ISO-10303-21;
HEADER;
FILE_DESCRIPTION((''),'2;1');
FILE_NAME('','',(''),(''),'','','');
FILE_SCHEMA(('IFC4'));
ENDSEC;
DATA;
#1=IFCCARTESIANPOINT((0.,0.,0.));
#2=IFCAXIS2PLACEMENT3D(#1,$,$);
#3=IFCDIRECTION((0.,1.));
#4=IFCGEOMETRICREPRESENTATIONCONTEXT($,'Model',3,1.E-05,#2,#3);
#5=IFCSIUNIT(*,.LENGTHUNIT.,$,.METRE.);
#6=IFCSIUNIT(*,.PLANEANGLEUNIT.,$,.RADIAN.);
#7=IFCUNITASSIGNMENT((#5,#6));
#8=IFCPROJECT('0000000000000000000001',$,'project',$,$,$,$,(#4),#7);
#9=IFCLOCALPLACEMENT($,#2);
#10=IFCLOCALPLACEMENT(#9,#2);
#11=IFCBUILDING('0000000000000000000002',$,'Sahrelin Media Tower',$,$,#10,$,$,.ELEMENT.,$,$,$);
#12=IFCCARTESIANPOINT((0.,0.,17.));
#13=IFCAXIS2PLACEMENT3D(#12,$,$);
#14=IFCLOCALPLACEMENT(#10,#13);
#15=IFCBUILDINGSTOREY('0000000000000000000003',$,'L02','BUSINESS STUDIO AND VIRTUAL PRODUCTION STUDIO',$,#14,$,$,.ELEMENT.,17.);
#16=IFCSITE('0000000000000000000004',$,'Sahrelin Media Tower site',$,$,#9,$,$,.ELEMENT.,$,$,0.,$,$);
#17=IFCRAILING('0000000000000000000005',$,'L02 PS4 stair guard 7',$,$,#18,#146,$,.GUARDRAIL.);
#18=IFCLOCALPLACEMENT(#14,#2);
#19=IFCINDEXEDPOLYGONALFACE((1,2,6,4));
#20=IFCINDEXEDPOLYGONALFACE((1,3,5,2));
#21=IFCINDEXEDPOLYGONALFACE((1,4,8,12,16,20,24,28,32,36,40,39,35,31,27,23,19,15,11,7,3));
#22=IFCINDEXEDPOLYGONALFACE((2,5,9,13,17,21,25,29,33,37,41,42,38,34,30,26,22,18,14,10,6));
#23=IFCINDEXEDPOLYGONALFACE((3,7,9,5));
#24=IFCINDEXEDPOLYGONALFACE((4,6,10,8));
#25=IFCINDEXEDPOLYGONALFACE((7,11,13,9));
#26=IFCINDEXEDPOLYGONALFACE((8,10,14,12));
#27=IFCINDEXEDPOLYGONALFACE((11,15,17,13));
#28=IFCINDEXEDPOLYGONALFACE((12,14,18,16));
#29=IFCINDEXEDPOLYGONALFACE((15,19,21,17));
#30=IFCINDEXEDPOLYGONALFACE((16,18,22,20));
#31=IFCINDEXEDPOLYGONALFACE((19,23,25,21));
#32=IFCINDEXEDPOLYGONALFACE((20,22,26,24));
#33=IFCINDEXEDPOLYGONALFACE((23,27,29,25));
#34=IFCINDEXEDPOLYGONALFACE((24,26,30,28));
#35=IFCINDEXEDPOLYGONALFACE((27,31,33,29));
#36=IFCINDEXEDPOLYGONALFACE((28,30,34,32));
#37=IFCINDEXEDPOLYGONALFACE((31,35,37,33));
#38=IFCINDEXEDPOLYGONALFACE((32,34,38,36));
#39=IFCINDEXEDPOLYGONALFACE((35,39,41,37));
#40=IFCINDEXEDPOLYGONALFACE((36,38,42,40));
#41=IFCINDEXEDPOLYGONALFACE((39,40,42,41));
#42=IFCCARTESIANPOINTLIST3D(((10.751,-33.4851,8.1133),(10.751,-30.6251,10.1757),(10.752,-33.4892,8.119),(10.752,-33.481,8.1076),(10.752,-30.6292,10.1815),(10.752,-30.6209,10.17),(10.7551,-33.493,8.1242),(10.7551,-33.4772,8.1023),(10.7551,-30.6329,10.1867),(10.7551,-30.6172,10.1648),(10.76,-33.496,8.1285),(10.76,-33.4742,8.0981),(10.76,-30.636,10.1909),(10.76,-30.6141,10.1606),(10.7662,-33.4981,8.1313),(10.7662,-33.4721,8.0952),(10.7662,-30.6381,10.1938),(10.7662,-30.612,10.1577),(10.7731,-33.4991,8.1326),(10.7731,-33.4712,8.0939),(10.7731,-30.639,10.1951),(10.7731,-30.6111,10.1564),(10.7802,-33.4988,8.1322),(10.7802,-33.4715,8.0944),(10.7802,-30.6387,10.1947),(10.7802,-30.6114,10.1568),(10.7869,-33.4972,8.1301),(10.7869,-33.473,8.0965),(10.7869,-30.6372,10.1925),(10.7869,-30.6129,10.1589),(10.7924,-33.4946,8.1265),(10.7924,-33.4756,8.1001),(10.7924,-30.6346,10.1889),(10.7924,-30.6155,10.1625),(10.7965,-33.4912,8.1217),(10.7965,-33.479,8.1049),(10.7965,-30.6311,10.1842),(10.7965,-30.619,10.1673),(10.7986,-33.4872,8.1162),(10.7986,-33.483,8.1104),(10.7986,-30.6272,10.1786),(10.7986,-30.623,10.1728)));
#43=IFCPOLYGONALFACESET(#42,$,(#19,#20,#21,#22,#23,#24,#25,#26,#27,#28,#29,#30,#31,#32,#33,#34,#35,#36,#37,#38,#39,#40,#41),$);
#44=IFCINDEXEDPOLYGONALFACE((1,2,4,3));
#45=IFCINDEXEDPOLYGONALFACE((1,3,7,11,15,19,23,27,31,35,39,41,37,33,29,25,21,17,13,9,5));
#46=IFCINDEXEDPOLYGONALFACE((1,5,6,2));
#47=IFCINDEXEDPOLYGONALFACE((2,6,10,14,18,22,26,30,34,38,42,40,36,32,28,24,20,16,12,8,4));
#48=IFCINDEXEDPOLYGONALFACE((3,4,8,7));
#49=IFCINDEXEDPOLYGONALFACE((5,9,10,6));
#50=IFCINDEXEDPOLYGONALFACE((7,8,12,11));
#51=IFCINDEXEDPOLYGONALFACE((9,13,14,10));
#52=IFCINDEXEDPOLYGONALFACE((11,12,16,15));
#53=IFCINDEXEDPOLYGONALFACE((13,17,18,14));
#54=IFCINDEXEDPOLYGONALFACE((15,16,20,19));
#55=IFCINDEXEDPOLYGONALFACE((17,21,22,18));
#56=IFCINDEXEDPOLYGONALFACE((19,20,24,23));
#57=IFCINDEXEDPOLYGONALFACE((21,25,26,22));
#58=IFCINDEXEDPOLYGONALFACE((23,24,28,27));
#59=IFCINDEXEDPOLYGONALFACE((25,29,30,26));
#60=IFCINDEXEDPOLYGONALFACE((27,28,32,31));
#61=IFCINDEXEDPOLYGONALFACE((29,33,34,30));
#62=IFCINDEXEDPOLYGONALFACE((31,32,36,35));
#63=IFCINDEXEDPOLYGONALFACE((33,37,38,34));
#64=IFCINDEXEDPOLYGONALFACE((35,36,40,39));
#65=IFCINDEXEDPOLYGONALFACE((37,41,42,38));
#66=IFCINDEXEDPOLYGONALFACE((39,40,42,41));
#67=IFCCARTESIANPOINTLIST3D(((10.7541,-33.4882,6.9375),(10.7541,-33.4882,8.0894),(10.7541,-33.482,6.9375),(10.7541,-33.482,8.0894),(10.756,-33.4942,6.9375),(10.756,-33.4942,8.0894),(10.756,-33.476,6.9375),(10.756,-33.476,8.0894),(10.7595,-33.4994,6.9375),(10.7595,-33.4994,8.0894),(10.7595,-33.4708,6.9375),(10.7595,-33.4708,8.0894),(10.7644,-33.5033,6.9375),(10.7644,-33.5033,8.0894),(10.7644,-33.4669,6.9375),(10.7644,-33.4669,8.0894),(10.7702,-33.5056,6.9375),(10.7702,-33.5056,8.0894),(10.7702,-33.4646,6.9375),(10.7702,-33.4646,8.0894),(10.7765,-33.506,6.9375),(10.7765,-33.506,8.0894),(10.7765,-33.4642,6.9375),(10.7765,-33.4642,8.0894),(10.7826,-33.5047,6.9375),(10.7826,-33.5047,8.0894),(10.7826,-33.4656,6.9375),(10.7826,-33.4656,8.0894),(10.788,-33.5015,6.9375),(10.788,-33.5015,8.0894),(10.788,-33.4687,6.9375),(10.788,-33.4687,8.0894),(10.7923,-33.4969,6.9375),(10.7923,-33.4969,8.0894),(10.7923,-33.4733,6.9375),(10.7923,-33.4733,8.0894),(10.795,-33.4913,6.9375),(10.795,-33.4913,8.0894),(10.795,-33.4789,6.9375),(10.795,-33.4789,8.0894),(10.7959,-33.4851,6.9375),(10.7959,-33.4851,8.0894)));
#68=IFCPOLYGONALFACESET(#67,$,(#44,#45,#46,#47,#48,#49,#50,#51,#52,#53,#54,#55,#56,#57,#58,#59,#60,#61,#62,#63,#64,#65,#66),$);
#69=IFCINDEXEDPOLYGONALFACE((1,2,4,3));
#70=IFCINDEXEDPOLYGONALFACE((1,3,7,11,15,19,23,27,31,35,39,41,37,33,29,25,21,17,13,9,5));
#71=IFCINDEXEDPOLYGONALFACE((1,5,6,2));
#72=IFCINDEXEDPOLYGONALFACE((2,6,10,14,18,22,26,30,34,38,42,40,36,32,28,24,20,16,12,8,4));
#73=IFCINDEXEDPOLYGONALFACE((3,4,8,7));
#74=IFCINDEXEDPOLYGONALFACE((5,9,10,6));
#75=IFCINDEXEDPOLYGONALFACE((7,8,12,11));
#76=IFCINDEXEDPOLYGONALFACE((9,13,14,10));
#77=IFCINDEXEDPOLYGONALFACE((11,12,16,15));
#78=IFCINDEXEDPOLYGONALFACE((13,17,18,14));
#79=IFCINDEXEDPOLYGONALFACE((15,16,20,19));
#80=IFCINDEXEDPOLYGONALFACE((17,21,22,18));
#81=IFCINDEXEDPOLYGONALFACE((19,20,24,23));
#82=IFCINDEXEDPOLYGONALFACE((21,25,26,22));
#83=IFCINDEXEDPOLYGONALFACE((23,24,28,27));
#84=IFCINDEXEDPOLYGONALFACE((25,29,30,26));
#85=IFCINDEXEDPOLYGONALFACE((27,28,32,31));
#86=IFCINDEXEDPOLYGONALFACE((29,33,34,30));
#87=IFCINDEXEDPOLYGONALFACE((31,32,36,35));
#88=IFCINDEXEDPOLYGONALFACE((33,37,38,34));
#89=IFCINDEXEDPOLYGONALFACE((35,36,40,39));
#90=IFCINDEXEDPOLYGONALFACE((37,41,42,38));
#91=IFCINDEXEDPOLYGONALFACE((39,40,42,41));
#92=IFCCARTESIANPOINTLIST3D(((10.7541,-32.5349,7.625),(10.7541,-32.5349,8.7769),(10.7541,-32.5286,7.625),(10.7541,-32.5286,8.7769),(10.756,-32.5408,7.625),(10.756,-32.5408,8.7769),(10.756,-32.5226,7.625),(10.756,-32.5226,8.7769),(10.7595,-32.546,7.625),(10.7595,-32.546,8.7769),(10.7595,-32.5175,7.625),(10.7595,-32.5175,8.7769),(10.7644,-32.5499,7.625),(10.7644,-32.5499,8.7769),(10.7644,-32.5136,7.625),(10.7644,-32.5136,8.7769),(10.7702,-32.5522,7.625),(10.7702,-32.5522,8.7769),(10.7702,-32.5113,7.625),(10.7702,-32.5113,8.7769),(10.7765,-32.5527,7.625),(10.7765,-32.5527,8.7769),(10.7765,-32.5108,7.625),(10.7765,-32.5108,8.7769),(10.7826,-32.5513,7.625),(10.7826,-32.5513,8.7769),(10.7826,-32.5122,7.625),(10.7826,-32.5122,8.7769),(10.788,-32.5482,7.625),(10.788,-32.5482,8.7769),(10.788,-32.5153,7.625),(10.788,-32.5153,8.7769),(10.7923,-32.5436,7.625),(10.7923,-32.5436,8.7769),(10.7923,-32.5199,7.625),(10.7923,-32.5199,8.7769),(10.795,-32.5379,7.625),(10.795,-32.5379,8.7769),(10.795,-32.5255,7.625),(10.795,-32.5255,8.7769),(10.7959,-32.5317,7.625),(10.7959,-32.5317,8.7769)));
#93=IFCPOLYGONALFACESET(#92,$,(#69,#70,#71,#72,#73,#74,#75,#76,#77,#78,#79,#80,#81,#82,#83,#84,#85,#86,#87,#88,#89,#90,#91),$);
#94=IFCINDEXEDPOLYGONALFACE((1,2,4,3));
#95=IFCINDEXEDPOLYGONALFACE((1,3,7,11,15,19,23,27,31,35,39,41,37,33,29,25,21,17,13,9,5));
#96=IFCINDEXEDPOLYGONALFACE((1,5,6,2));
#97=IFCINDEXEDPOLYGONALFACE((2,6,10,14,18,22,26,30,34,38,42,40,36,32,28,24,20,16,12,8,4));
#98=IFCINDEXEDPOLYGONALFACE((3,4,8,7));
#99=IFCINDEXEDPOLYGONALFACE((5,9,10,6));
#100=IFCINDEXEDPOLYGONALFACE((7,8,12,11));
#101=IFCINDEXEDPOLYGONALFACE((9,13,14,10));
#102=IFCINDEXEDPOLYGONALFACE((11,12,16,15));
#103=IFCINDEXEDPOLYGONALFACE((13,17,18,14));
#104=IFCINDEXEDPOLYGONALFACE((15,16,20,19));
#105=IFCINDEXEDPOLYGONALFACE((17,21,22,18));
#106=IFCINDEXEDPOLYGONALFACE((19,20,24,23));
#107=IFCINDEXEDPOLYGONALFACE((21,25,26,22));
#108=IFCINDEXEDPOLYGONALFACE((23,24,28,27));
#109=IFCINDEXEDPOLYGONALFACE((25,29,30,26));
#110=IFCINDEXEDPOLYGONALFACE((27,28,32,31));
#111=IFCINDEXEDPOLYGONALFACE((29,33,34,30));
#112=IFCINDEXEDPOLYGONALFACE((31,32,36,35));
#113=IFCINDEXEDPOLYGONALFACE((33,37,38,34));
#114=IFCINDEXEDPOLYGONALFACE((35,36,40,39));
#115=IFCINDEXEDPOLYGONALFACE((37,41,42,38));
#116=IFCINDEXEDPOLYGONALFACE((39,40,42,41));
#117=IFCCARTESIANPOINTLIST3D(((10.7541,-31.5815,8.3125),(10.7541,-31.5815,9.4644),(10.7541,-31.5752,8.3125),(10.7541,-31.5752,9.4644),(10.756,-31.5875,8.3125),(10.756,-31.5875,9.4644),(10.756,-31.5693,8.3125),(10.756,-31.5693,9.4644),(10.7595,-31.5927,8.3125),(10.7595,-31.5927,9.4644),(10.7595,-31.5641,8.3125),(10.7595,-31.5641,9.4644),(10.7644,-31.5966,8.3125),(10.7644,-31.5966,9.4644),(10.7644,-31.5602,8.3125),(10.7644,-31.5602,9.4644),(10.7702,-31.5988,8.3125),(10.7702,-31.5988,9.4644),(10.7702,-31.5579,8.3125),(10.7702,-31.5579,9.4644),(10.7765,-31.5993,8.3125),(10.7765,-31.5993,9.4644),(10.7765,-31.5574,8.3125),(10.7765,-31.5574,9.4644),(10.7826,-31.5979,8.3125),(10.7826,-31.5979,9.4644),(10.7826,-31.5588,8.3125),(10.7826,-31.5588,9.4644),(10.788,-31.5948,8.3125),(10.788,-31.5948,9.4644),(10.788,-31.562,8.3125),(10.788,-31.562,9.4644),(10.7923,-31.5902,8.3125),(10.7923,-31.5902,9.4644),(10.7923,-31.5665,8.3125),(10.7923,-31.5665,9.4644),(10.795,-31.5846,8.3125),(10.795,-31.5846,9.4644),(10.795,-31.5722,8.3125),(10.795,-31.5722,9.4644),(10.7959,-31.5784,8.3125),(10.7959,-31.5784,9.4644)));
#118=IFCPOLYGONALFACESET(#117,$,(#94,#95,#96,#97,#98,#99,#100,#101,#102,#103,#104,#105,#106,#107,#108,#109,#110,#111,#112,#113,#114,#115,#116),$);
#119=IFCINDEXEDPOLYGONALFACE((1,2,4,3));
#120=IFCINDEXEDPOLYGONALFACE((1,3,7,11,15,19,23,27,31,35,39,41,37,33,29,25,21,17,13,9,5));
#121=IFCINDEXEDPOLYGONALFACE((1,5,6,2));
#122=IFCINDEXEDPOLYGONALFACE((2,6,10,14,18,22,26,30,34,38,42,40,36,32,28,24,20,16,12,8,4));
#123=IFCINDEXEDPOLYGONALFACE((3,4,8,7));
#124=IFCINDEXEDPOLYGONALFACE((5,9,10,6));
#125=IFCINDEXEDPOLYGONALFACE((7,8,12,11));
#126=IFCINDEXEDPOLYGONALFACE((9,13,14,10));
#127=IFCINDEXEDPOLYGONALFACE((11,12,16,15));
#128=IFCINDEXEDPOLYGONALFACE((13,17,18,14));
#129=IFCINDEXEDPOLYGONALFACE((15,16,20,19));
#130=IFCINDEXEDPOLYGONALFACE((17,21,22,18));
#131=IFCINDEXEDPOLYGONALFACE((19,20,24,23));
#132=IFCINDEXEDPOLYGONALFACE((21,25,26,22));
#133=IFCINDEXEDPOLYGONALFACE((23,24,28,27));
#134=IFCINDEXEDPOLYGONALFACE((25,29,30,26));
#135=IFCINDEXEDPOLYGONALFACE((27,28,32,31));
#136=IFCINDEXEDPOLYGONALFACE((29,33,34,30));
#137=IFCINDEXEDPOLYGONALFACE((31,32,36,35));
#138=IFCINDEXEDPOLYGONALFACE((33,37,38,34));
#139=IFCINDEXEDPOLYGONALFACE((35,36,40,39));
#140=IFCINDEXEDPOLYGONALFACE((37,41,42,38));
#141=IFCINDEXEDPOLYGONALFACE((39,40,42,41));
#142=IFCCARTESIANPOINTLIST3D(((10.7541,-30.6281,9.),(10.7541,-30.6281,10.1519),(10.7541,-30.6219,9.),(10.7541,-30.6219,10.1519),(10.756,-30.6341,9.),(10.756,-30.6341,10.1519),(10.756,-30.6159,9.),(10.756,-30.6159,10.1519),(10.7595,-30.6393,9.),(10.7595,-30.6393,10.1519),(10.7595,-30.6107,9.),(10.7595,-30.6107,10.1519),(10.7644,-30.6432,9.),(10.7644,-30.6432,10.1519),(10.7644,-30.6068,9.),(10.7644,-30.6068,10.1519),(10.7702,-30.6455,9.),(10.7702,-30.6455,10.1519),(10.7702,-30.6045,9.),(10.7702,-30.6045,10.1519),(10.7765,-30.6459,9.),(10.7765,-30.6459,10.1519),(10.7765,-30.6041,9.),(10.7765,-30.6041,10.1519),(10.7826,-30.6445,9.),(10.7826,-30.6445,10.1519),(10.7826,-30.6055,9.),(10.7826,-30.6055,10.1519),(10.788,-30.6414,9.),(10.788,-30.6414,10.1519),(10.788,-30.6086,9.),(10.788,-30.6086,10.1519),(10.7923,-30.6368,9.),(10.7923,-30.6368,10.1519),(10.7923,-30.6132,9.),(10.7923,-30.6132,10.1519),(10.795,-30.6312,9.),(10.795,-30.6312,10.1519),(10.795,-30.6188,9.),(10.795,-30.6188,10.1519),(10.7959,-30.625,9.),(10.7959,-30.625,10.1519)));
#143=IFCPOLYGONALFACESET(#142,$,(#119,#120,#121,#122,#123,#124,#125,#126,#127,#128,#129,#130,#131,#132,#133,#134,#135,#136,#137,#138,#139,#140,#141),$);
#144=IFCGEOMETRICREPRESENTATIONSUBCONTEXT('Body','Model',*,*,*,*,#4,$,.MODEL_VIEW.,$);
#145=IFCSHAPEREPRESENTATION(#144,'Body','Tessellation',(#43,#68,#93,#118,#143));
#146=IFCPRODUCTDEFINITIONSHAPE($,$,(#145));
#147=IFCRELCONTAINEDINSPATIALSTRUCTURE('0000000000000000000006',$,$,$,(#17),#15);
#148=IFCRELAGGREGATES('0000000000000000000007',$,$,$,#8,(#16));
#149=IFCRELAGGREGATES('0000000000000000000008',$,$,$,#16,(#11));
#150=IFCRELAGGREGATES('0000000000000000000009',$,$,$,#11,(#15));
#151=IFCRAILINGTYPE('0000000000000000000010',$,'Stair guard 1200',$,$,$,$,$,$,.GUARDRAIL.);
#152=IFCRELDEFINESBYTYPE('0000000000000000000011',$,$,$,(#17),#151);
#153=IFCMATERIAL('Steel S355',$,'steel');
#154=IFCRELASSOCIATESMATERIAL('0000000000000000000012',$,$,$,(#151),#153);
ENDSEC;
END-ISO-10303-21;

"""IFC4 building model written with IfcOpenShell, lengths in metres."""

from ifc_helpers import new_model, si_unit, direction, frame, origin, origin_2d, place, context, subcontext, project, spatial, circle, extrude, material, type_object, element, save


model = new_model("IFC4")

# Units and contexts
model_context = context("Model", 3, precision=1e-05, world=origin(), true_north=direction((0.0, 1.0)))
body_context = subcontext(model_context, "Body", "Model", "MODEL_VIEW")
ifc_project = project(units=[si_unit("LENGTHUNIT", "METRE"), si_unit("PLANEANGLEUNIT", "RADIAN")], contexts=[model_context])

# Site, building, storey
site_placement = place(None, origin())
site = spatial("IfcSite", under=ifc_project, at=site_placement, Name="Sahrelin Media Tower site", CompositionType="ELEMENT", RefElevation=0.0)
building_placement = place(site_placement, origin())
building = spatial("IfcBuilding", under=site, at=building_placement, Name="Sahrelin Media Tower", CompositionType="ELEMENT")
storey_placement = place(building_placement, frame((0.0, 0.0, 17.0)))
storey = spatial("IfcBuildingStorey", under=building, at=storey_placement, Name="L02", Description="BUSINESS STUDIO AND VIRTUAL PRODUCTION STUDIO", CompositionType="ELEMENT", Elevation=17.0)

# Shared definitions
ifc_material_1 = material(Name="Steel S355", Category="steel")

# Railing
railing_type_1 = type_object("IfcRailingType", Name="Stair guard 1200", PredefinedType="GUARDRAIL", material=ifc_material_1)
railing_1_placement = place(storey_placement, frame((10.7749, -33.4851, 6.9375)))
element("IfcRailing", 1, at=railing_1_placement, inside=storey, type_object=railing_type_1, Name="L02 PS4 stair guard 7", PredefinedType="GUARDRAIL", context=body_context, shape_type="SweptSolid", body=[
    extrude(circle(Radius=0.0239, at=origin_2d()), frame((0.0, 0.0, 1.1758), z_axis=(0.0, 0.811101, 0.584906), x_axis=(-1.0, 0.0, 0.0)), (0.0, 0.0, 1.0), 3.5261),
    extrude(circle(Radius=0.021, at=origin_2d()), origin(), (0.0, 0.0, 1.0), 1.1519),
    extrude(circle(Radius=0.021, at=origin_2d()), frame((0.0, 0.9534, 0.6875)), (0.0, 0.0, 1.0), 1.1519),
    extrude(circle(Radius=0.021, at=origin_2d()), frame((0.0, 1.9067, 1.375)), (0.0, 0.0, 1.0), 1.1519),
    extrude(circle(Radius=0.021, at=origin_2d()), frame((0.0, 2.8601, 2.0625)), (0.0, 0.0, 1.0), 1.1519),
])

save(model, "model.ifc")
